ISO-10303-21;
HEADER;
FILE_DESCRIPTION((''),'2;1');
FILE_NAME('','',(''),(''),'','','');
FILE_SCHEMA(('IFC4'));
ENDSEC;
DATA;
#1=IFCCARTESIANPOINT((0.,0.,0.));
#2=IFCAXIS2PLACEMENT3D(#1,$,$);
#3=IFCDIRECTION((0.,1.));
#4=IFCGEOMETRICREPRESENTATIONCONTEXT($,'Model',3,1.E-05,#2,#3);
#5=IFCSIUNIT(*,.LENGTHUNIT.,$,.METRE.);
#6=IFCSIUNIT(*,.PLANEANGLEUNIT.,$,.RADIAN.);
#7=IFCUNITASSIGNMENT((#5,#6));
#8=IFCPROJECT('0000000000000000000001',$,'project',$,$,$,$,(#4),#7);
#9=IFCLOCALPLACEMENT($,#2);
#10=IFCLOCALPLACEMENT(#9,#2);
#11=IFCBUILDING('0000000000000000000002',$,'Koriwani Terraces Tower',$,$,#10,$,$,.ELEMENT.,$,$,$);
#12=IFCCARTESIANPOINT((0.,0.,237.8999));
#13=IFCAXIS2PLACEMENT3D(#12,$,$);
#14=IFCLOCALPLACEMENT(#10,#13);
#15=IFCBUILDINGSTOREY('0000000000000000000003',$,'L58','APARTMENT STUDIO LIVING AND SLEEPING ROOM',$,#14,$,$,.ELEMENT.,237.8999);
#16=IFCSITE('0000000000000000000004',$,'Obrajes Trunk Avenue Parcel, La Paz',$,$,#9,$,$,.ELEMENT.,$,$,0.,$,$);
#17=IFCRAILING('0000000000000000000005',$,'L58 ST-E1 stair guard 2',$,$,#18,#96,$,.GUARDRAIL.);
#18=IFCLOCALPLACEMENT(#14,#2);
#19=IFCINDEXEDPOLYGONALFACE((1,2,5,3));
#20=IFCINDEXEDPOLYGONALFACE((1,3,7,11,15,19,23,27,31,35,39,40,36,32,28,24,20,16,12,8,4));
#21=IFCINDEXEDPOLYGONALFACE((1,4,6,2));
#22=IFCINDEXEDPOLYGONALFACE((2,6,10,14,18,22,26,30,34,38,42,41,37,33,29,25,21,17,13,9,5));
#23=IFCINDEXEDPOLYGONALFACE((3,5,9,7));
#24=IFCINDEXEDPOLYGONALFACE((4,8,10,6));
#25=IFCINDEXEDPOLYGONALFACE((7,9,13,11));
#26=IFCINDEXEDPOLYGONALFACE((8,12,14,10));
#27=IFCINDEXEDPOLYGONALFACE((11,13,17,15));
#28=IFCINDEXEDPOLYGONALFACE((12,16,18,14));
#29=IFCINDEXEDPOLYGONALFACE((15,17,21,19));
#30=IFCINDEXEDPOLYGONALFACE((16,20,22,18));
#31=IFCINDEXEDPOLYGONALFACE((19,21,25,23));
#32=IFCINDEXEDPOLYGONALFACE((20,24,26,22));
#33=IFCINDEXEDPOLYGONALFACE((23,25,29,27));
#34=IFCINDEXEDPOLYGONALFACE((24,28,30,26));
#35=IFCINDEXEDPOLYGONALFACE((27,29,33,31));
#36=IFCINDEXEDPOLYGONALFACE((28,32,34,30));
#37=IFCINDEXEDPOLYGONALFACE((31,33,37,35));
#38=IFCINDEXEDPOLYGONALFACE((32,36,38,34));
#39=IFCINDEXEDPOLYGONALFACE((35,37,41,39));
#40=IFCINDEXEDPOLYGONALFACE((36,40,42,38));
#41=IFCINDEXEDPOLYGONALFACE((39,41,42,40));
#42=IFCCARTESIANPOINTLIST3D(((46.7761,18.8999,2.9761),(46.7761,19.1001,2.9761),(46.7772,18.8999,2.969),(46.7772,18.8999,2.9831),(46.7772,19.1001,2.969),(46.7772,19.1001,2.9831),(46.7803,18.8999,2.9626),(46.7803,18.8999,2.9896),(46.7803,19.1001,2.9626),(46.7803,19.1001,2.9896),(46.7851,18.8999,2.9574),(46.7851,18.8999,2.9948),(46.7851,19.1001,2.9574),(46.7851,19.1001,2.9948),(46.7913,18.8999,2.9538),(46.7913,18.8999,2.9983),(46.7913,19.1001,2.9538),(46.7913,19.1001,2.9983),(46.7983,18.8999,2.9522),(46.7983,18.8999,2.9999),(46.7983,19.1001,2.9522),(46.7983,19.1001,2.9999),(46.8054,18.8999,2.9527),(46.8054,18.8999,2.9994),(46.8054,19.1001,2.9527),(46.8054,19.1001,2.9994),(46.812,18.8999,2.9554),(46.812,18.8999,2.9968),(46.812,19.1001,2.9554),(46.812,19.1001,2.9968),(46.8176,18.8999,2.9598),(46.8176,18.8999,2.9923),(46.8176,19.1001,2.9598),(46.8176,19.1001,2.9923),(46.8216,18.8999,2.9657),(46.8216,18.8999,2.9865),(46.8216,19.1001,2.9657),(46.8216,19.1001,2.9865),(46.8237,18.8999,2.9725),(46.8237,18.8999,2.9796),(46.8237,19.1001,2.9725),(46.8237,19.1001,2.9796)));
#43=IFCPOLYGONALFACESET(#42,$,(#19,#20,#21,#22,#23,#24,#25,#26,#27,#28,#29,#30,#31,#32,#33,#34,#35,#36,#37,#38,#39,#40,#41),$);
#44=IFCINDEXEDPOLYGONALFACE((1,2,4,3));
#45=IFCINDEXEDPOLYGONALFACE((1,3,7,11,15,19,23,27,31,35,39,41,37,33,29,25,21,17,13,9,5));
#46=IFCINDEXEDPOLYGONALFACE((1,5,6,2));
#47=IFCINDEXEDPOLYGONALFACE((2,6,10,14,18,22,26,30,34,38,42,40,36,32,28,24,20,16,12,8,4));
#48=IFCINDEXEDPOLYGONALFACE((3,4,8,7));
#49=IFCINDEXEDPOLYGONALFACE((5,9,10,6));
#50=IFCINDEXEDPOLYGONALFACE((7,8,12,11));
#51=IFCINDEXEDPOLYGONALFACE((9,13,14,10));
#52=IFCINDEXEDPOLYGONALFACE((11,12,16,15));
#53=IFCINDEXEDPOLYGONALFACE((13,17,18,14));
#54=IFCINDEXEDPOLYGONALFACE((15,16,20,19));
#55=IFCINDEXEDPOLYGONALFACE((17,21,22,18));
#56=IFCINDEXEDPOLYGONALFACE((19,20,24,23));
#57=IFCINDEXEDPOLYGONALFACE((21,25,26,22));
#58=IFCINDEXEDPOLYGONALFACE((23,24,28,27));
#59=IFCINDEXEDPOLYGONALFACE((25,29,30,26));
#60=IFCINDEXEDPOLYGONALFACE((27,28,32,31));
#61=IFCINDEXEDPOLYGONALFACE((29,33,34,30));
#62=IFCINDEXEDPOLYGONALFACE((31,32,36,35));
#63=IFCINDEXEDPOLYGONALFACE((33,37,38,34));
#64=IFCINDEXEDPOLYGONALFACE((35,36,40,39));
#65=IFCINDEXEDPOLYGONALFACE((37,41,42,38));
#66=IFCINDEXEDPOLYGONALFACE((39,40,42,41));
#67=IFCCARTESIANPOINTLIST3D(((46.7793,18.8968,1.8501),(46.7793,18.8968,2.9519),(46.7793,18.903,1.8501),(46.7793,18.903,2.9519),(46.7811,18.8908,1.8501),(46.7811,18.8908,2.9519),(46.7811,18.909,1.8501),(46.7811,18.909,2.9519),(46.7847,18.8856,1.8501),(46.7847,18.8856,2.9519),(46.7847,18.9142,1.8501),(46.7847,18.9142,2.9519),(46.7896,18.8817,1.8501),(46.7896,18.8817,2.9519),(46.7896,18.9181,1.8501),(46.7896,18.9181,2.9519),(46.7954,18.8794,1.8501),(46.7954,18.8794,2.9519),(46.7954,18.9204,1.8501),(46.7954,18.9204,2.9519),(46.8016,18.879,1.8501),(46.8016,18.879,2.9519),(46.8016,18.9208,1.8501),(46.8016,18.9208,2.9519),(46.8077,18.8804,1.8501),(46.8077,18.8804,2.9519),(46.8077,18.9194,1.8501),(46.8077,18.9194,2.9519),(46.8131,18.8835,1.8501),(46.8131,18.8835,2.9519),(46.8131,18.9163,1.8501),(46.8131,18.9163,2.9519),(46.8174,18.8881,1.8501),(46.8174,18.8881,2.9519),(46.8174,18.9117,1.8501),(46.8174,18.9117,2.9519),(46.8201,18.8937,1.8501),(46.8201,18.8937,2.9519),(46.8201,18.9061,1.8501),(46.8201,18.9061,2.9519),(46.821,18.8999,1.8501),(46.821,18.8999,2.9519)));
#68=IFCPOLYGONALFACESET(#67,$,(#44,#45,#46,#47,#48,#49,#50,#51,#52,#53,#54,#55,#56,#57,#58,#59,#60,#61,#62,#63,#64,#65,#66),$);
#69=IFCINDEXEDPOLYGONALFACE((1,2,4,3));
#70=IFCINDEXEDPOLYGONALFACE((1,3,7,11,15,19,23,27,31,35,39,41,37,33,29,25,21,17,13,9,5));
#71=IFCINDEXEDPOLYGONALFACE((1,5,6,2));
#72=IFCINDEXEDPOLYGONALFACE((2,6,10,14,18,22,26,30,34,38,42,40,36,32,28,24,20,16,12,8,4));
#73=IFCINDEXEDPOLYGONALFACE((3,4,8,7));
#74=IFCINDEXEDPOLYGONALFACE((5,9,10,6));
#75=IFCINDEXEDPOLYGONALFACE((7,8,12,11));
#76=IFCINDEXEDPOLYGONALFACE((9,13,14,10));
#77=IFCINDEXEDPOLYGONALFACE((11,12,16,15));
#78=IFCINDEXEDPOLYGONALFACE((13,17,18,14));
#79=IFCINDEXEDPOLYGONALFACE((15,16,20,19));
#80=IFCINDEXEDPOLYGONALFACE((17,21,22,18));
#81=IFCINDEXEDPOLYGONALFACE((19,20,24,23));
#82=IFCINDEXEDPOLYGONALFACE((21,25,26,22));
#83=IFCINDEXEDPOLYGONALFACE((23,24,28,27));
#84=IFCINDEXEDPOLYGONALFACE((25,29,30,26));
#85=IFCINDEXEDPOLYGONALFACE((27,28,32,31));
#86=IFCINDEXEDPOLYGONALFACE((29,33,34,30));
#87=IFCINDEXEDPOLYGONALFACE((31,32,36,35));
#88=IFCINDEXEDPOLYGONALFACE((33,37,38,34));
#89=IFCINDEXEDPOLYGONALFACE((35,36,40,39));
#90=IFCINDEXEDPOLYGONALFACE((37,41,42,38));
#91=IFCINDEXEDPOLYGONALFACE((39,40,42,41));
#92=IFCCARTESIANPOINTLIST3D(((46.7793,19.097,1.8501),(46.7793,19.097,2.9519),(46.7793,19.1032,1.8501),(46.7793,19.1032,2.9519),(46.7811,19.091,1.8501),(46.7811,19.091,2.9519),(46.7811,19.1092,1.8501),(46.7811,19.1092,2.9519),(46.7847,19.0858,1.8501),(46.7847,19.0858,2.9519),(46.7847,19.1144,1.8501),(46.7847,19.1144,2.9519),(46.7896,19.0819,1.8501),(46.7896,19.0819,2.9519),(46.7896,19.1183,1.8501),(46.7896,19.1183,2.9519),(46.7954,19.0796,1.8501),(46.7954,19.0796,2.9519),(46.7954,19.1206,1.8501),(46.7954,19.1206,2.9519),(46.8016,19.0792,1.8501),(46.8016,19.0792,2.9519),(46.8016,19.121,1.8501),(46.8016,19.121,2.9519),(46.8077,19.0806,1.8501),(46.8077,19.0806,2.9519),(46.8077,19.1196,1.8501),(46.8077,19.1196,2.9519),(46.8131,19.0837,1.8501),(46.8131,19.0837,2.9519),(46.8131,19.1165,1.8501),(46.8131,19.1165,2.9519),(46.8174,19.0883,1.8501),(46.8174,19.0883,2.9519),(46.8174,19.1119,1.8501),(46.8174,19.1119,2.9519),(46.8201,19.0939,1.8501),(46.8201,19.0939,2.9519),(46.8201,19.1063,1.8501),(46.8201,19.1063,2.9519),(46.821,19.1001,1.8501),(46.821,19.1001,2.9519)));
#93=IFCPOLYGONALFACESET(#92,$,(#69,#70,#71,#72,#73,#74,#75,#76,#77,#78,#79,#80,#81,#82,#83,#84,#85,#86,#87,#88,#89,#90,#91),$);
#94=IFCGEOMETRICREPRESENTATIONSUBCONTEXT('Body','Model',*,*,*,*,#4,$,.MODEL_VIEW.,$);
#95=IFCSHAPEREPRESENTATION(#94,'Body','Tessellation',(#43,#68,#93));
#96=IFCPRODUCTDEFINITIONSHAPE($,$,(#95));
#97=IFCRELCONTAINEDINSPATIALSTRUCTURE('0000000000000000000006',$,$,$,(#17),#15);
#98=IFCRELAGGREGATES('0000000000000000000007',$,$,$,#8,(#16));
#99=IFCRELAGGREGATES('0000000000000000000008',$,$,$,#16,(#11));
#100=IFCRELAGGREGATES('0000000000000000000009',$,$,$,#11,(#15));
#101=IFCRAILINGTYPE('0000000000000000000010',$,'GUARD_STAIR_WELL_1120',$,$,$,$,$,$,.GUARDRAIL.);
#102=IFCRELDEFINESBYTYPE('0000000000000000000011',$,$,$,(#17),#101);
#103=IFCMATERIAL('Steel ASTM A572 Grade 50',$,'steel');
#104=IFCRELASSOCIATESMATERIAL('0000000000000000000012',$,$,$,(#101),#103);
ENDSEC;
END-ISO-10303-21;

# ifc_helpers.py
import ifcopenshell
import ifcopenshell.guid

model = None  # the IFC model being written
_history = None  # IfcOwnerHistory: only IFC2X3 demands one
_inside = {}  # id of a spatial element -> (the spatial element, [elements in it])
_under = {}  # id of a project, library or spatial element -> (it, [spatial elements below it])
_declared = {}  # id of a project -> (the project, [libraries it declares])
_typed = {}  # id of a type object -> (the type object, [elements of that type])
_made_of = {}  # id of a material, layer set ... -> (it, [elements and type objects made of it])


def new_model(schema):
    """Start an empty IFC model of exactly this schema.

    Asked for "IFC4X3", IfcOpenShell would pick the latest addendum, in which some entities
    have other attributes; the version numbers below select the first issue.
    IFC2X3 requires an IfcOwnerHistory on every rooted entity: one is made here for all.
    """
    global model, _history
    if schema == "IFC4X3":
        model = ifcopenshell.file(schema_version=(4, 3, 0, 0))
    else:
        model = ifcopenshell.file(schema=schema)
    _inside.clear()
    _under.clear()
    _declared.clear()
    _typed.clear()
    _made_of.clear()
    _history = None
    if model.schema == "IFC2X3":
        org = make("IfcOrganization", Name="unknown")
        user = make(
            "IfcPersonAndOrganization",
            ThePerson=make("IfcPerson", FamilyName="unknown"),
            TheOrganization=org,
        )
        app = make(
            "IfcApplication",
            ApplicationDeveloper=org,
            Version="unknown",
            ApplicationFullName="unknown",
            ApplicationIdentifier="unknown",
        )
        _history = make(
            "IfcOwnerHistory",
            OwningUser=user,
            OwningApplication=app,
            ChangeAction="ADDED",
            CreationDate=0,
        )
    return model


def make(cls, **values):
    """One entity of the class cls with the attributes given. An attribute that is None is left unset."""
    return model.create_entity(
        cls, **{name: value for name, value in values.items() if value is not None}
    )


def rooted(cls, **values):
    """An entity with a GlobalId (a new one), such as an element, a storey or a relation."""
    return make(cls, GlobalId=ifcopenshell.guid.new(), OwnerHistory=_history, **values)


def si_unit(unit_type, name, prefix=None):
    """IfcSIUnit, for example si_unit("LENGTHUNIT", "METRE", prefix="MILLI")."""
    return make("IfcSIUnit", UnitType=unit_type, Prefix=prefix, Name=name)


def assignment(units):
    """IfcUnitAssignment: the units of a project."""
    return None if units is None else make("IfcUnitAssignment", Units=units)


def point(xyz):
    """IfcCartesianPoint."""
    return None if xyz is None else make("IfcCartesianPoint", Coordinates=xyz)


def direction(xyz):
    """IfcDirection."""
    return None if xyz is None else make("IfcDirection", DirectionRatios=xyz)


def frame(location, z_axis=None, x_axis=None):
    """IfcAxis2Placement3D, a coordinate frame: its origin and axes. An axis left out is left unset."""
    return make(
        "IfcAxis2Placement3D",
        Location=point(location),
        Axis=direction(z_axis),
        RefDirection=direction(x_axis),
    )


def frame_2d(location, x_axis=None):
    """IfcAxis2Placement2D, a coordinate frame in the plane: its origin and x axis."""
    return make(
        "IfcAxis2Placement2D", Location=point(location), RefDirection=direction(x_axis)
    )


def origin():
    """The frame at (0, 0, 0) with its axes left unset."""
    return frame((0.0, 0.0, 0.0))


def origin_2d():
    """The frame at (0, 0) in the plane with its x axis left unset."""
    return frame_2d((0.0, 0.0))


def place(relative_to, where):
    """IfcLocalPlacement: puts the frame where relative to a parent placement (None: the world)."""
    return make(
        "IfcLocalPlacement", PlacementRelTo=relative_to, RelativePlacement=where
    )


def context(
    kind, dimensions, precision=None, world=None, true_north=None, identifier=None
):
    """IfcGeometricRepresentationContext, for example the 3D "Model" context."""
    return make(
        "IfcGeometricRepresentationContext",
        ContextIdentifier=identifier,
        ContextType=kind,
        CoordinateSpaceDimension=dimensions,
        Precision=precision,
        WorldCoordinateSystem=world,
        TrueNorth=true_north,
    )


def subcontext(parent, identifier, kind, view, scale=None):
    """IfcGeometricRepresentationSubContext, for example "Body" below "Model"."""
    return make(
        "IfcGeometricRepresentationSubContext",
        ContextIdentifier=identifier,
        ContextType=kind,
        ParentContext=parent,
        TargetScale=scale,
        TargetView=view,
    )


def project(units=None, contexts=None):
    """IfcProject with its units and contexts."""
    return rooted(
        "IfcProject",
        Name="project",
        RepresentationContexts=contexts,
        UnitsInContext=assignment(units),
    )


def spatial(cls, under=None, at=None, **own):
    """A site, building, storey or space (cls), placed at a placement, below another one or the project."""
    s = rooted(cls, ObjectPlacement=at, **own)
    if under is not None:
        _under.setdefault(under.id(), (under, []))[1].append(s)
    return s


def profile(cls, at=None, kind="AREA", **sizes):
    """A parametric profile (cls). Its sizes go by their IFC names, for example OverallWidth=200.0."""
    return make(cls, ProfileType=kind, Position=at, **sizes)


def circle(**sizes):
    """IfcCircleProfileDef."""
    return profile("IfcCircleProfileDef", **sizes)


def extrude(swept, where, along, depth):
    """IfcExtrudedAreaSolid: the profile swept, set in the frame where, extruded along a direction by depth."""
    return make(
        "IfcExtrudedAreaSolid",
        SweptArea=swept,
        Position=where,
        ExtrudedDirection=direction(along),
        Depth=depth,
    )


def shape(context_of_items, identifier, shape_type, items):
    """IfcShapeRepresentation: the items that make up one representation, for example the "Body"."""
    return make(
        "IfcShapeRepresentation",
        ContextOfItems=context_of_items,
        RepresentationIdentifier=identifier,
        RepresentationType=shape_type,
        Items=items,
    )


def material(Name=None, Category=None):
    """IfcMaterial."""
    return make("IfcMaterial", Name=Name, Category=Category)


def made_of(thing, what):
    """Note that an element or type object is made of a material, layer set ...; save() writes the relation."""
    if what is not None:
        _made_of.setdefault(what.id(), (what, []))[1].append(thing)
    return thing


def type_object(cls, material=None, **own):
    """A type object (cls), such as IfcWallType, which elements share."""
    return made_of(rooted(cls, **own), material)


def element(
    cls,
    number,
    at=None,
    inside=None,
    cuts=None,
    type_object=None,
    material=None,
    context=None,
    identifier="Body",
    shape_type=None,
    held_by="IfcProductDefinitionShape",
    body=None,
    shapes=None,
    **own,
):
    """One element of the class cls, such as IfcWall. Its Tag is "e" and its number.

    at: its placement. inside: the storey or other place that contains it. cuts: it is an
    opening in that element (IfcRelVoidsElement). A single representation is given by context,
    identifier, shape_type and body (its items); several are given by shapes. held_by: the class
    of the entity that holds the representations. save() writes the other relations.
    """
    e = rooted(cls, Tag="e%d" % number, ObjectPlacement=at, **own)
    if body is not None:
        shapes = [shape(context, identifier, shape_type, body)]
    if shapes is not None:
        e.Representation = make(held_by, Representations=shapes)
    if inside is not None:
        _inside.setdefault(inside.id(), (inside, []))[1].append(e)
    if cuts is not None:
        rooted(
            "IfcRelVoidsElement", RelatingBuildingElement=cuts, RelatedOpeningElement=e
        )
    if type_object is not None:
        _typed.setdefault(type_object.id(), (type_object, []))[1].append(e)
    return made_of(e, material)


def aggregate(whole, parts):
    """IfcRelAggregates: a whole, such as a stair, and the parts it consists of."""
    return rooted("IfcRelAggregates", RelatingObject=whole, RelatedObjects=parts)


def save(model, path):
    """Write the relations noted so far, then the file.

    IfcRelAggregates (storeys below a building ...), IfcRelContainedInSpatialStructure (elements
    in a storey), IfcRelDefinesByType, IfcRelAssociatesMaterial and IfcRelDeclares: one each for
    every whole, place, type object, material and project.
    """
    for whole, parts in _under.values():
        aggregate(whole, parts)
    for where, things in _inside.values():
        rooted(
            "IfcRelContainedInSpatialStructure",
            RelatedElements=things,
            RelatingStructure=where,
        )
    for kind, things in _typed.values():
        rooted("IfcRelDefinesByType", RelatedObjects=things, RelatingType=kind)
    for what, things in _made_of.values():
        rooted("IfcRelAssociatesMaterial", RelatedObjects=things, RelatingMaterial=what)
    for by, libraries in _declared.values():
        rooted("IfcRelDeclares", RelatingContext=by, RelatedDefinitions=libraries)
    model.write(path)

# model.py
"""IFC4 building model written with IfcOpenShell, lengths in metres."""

from ifc_helpers import new_model, si_unit, direction, frame, origin, origin_2d, place, context, subcontext, project, spatial, circle, extrude, material, type_object, element, save


model = new_model("IFC4")

# Units and contexts
model_context = context("Model", 3, precision=1e-05, world=origin(), true_north=direction((0.0, 1.0)))
body_context = subcontext(model_context, "Body", "Model", "MODEL_VIEW")
ifc_project = project(units=[si_unit("LENGTHUNIT", "METRE"), si_unit("PLANEANGLEUNIT", "RADIAN")], contexts=[model_context])

# Site, building, storey
site_placement = place(None, origin())
site = spatial("IfcSite", under=ifc_project, at=site_placement, Name="Obrajes Trunk Avenue Parcel, La Paz", CompositionType="ELEMENT", RefElevation=0.0)
building_placement = place(site_placement, origin())
building = spatial("IfcBuilding", under=site, at=building_placement, Name="Koriwani Terraces Tower", CompositionType="ELEMENT")
storey_placement = place(building_placement, frame((0.0, 0.0, 237.8999)))
storey = spatial("IfcBuildingStorey", under=building, at=storey_placement, Name="L58", Description="APARTMENT STUDIO LIVING AND SLEEPING ROOM", CompositionType="ELEMENT", Elevation=237.8999)

# Shared definitions
ifc_material_1 = material(Name="Steel ASTM A572 Grade 50", Category="steel")

# Railing
railing_type_1 = type_object("IfcRailingType", Name="GUARD_STAIR_WELL_1120", PredefinedType="GUARDRAIL", material=ifc_material_1)
railing_1_placement = place(storey_placement, frame((46.8, 18.8999, 1.8501)))
element("IfcRailing", 1, at=railing_1_placement, inside=storey, type_object=railing_type_1, Name="L58 ST-E1 stair guard 2", PredefinedType="GUARDRAIL", context=body_context, shape_type="SweptSolid", body=[
    extrude(circle(Radius=0.0239, at=origin_2d()), frame((0.0, 0.0, 1.126), z_axis=(0.0, 1.0, 0.0), x_axis=(-1.0, 0.0, 0.0)), (0.0, 0.0, 1.0), 0.2002),
    extrude(circle(Radius=0.021, at=origin_2d()), origin(), (0.0, 0.0, 1.0), 1.1018),
    extrude(circle(Radius=0.021, at=origin_2d()), frame((0.0, 0.2002, 0.0)), (0.0, 0.0, 1.0), 1.1018),
])

save(model, "model.ifc")
